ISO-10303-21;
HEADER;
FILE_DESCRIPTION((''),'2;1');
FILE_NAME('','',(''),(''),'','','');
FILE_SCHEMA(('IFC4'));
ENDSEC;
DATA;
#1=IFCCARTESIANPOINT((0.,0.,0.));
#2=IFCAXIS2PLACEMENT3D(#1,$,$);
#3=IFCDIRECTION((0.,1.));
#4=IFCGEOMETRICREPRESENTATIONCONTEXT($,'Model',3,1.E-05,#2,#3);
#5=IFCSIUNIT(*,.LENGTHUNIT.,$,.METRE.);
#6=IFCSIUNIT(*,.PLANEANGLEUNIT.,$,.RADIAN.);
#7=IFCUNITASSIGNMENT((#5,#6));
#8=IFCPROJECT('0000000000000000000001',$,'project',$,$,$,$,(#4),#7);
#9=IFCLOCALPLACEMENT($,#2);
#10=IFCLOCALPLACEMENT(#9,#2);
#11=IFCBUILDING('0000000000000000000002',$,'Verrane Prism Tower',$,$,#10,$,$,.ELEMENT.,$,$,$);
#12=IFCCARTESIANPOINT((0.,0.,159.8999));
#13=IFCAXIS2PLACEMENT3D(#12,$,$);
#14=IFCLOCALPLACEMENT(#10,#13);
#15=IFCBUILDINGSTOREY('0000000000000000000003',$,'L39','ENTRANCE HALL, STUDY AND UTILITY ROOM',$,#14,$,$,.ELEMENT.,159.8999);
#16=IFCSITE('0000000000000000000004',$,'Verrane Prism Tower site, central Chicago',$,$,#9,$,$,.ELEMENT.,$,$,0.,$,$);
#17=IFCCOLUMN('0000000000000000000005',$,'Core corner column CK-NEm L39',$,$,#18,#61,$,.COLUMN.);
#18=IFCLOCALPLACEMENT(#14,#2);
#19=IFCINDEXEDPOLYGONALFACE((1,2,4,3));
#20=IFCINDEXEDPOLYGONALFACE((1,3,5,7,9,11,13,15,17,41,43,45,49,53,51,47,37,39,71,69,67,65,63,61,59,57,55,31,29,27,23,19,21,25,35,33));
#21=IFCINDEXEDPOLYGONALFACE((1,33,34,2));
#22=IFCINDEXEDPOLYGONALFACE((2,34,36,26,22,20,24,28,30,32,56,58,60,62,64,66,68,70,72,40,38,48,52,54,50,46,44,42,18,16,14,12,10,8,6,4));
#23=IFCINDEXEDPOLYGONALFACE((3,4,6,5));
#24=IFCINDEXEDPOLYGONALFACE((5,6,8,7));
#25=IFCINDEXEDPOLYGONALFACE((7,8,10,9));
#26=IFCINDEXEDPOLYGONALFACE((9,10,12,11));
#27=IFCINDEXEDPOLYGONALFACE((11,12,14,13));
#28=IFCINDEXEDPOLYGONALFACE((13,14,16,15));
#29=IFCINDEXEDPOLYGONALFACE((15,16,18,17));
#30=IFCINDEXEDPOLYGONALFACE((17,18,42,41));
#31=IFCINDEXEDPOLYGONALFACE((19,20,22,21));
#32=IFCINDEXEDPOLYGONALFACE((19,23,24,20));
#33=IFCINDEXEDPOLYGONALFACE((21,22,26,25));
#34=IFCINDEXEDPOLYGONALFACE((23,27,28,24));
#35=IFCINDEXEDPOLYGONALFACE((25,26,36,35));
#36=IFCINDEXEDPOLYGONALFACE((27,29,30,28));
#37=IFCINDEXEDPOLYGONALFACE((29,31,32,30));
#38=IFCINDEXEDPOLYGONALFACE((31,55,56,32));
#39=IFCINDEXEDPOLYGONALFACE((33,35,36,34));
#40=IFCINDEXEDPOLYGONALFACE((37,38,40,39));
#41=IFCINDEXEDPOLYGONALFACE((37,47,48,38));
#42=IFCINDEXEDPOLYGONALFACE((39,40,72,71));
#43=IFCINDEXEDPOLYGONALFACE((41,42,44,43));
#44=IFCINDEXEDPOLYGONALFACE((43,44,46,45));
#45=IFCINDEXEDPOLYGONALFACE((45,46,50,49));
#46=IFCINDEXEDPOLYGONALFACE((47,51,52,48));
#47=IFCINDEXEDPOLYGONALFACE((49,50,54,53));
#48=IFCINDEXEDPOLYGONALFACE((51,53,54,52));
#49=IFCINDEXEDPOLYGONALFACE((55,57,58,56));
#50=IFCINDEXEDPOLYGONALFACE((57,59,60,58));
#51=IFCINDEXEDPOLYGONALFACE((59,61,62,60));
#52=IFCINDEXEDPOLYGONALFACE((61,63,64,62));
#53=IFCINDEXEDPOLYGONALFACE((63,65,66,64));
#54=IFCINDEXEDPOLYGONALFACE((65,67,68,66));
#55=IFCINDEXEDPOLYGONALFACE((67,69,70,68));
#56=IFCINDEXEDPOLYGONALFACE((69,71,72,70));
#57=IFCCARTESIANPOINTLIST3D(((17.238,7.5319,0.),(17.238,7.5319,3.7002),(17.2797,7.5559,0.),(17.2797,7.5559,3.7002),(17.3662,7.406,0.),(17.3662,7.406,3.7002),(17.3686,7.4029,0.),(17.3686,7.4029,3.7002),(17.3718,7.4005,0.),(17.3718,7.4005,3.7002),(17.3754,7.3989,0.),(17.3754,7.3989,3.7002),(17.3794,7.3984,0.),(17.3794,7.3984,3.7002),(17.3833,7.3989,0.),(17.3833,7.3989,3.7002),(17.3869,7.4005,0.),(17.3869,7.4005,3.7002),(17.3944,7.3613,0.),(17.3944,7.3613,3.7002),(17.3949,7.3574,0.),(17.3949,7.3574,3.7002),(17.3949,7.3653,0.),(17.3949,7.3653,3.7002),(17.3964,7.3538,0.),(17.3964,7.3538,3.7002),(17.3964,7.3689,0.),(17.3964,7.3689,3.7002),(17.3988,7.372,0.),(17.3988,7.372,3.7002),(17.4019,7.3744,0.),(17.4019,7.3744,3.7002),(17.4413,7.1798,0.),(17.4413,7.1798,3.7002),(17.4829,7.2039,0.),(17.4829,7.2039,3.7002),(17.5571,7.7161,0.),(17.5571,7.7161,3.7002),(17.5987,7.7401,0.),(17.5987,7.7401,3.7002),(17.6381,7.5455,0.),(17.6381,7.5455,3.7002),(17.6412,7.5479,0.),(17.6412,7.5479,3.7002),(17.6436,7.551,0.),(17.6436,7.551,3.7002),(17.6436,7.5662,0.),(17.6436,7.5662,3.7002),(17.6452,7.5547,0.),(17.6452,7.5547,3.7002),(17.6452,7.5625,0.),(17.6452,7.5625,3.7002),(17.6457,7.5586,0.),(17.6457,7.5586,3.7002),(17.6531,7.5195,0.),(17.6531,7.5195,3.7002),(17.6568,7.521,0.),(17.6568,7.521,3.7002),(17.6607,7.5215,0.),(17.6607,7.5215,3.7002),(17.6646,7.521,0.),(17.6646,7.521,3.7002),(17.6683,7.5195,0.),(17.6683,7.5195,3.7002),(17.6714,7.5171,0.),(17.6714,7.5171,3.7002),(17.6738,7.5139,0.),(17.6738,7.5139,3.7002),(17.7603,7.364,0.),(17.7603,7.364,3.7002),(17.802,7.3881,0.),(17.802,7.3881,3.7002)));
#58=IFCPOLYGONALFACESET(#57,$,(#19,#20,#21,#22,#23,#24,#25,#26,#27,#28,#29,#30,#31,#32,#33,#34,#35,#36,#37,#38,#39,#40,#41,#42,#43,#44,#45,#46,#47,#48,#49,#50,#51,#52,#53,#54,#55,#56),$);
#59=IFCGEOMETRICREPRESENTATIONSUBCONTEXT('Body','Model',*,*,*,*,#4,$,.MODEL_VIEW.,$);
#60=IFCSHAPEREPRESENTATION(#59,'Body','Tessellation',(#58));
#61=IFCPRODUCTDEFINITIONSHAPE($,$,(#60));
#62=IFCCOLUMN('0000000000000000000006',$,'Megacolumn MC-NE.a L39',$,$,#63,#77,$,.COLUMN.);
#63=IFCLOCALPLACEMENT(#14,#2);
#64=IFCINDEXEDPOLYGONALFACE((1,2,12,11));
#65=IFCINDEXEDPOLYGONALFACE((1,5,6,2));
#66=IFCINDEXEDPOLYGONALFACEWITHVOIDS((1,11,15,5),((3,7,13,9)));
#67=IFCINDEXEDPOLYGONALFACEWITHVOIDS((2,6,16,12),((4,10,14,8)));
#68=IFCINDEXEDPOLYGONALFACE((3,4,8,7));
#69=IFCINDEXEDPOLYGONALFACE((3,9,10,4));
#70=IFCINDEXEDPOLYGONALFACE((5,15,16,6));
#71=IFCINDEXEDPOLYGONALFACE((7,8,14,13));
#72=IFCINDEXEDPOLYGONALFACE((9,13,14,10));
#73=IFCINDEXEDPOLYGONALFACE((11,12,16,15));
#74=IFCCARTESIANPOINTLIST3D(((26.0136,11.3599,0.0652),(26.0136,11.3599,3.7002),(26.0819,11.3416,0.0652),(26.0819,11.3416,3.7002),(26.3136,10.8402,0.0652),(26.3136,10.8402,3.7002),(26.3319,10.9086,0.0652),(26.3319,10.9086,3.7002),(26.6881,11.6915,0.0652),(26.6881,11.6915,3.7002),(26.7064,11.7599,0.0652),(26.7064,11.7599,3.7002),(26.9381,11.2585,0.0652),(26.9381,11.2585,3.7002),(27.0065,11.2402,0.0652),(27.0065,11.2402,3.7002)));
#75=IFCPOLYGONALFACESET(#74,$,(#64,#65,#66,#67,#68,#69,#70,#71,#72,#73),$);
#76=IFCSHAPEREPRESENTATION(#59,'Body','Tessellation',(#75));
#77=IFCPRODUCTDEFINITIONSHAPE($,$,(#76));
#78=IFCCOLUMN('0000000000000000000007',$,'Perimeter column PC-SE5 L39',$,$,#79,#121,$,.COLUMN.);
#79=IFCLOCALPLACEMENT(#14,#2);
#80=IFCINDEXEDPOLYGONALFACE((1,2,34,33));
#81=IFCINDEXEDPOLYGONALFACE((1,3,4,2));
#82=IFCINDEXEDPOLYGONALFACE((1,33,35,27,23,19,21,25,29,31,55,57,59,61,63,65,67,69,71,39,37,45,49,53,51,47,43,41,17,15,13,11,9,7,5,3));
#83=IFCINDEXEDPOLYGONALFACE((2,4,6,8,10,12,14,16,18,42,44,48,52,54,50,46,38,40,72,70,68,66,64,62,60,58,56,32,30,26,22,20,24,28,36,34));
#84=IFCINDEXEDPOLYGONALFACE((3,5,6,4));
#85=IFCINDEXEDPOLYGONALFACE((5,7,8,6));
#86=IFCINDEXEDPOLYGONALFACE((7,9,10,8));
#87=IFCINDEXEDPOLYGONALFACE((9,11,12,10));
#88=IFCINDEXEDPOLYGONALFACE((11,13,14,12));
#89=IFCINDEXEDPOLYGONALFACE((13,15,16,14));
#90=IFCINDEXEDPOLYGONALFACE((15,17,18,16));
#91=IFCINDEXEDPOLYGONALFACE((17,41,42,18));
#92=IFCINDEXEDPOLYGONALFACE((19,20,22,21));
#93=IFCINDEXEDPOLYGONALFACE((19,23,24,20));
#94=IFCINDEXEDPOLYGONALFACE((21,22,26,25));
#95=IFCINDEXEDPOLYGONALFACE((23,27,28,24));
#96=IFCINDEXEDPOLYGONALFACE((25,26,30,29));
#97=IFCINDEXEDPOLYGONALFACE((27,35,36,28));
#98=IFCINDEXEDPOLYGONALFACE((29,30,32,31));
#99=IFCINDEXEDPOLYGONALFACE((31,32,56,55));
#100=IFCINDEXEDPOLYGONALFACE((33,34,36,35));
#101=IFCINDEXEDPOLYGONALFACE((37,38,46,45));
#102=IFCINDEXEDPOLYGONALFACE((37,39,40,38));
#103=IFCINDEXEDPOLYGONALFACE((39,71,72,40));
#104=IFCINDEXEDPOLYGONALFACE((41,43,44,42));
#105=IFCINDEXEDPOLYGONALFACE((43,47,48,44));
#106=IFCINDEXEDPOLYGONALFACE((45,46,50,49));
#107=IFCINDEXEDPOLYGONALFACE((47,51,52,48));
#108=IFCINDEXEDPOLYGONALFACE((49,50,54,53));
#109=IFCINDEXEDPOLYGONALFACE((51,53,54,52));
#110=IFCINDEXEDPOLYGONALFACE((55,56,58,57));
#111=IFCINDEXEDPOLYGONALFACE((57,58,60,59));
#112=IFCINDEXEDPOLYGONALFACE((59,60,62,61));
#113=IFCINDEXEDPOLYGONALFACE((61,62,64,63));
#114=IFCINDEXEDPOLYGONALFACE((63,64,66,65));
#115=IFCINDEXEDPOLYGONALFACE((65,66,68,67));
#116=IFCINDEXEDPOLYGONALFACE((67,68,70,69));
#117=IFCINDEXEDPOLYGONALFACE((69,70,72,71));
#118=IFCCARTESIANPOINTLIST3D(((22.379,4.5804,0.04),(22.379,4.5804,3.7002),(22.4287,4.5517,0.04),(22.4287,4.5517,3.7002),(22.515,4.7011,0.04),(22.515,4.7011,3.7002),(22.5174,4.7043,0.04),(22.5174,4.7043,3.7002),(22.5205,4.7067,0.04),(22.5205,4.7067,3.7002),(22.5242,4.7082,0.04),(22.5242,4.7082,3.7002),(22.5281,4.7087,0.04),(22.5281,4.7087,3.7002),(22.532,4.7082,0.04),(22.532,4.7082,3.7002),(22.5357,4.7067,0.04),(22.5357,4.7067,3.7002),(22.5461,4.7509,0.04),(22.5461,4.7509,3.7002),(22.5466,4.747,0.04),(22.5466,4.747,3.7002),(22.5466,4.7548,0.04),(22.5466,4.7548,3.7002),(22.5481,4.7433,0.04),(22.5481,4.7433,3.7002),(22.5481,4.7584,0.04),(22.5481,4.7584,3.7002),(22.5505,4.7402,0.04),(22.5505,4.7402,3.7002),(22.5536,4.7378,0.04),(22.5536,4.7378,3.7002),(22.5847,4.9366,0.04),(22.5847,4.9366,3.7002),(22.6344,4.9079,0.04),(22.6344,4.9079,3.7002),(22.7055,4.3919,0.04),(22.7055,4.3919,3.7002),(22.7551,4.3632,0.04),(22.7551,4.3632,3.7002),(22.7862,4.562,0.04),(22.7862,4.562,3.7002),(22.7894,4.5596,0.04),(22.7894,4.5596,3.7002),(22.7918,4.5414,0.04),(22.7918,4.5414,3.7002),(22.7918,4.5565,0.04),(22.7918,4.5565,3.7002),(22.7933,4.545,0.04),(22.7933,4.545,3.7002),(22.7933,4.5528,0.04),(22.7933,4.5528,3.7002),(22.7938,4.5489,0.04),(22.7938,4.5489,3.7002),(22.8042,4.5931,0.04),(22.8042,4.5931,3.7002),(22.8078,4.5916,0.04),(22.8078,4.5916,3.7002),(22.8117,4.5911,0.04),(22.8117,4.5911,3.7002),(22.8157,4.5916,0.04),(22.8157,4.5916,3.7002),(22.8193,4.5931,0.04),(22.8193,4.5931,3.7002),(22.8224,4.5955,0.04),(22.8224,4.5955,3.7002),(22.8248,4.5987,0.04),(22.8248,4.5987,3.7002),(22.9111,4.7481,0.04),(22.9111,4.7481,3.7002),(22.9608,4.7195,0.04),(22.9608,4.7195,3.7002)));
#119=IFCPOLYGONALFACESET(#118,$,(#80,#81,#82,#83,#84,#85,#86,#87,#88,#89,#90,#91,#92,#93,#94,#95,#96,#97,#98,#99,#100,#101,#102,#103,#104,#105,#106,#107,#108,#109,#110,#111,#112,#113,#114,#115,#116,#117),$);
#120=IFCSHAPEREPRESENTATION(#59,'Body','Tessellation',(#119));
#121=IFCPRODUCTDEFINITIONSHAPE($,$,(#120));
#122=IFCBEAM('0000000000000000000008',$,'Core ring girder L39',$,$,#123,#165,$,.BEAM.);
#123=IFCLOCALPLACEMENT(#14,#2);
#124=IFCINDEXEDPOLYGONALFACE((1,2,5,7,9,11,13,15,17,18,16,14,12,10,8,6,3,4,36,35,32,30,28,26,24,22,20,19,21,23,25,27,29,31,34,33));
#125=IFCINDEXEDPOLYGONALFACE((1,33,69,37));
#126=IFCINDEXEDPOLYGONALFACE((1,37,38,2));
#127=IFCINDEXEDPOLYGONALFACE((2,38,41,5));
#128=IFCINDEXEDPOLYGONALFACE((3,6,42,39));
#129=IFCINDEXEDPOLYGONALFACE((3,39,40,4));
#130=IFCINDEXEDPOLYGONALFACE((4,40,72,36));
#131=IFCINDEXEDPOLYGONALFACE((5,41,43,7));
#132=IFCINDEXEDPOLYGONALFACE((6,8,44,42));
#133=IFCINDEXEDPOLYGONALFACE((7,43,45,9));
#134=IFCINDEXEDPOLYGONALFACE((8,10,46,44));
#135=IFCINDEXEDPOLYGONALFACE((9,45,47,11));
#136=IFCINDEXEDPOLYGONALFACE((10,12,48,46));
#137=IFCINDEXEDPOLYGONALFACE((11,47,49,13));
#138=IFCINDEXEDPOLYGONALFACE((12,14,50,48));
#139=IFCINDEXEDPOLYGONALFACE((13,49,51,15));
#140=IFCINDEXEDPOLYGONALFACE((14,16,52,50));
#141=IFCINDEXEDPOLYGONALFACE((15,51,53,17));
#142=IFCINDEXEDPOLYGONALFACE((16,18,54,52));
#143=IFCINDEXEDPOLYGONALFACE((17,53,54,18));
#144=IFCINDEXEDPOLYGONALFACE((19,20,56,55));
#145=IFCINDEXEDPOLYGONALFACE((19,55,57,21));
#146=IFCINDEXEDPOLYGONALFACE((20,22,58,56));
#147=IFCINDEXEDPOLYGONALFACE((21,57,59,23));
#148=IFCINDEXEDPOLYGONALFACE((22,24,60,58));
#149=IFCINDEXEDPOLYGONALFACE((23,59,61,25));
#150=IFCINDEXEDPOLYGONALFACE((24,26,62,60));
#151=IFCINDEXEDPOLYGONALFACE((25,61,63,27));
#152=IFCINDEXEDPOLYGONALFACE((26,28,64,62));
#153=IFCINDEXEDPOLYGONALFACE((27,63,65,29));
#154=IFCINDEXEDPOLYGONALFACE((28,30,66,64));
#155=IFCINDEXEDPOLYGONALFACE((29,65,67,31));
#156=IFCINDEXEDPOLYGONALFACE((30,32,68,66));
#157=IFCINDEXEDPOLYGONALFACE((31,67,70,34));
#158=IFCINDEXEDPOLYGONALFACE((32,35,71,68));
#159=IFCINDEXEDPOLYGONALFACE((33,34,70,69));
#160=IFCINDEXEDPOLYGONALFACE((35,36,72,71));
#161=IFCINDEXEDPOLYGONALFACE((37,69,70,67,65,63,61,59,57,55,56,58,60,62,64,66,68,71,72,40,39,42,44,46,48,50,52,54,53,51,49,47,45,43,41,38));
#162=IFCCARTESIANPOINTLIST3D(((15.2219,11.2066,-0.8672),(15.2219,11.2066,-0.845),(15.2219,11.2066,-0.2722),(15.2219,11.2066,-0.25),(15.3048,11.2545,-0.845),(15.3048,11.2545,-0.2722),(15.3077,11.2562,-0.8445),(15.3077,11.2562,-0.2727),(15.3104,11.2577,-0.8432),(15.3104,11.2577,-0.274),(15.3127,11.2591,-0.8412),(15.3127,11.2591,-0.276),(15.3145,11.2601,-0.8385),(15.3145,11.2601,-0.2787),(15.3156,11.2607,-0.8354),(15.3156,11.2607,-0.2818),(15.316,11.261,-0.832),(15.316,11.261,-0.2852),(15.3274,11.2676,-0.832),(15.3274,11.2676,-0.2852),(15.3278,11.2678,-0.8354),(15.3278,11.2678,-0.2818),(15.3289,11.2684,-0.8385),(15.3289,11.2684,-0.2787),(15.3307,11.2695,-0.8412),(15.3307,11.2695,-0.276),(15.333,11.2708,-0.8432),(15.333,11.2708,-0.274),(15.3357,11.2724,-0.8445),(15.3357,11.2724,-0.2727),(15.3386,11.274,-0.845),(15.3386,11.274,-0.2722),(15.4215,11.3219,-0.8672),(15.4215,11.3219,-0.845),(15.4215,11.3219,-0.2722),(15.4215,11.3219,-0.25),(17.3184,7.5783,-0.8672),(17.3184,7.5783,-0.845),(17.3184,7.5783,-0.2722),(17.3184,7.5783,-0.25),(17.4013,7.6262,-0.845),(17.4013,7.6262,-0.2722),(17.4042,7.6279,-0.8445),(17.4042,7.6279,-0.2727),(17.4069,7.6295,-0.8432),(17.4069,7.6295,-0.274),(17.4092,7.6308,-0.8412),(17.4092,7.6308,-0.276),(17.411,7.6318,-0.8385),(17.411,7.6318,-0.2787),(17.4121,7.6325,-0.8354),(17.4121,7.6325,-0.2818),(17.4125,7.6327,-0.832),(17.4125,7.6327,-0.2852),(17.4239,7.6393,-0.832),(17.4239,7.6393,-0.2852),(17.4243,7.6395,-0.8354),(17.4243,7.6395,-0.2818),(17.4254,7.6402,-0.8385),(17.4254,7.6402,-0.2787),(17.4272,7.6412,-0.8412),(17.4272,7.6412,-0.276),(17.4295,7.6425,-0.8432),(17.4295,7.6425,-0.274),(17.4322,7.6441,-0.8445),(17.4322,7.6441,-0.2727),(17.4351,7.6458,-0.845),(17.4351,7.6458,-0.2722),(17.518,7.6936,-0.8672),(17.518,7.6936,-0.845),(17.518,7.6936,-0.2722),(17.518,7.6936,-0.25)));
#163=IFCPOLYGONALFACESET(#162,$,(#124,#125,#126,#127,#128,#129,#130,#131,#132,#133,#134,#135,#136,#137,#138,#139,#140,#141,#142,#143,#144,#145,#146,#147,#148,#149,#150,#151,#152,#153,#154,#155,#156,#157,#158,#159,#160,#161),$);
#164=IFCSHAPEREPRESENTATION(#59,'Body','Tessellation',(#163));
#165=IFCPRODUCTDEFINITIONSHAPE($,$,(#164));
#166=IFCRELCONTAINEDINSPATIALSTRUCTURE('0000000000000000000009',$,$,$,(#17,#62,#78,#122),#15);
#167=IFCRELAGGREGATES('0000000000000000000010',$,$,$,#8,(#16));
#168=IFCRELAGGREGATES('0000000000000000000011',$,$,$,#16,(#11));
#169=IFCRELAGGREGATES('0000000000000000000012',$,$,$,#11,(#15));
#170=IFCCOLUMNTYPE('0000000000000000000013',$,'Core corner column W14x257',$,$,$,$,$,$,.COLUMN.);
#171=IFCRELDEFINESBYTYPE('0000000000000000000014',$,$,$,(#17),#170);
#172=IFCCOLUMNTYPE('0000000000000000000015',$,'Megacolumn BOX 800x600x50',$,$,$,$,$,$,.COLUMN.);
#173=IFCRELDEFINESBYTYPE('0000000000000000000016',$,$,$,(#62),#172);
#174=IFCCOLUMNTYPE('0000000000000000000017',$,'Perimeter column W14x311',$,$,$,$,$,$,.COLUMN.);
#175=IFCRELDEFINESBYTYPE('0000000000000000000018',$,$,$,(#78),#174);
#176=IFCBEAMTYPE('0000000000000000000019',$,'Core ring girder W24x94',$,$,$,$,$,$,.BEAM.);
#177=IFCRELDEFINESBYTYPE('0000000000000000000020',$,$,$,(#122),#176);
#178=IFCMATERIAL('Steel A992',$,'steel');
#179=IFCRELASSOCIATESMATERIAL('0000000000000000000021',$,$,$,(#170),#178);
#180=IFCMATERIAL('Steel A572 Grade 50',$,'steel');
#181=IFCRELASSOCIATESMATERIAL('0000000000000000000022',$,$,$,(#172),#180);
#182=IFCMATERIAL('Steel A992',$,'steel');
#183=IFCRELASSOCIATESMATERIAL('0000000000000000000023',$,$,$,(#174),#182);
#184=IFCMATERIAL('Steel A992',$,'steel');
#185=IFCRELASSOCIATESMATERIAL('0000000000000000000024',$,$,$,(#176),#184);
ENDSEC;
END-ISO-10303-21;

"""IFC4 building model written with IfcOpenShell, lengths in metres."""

from ifc_helpers import new_model, si_unit, direction, frame, origin, origin_2d, place, context, subcontext, project, spatial, hollow_rectangle, i_section, extrude, material, material_profile, profile_set, type_object, element, save


model = new_model("IFC4")

# Units and contexts
model_context = context("Model", 3, precision=1e-05, world=origin(), true_north=direction((0.0, 1.0)))
body_context = subcontext(model_context, "Body", "Model", "MODEL_VIEW")
ifc_project = project(units=[si_unit("LENGTHUNIT", "METRE"), si_unit("PLANEANGLEUNIT", "RADIAN")], contexts=[model_context])

# Site, building, storey
site_placement = place(None, origin())
site = spatial("IfcSite", under=ifc_project, at=site_placement, Name="Verrane Prism Tower site, central Chicago", CompositionType="ELEMENT", RefElevation=0.0)
building_placement = place(site_placement, origin())
building = spatial("IfcBuilding", under=site, at=building_placement, Name="Verrane Prism Tower", CompositionType="ELEMENT")
storey_placement = place(building_placement, frame((0.0, 0.0, 159.8999)))
storey = spatial("IfcBuildingStorey", under=building, at=storey_placement, Name="L39", Description="ENTRANCE HALL, STUDY AND UTILITY ROOM", CompositionType="ELEMENT", Elevation=159.8999)

# Columns
ifc_material_1 = material(Name="Steel A992", Category="steel")
ifc_material_profile_1 = material_profile(ifc_material_1, i_section(OverallWidth=0.4065, OverallDepth=0.4165, WebThickness=0.03, FlangeThickness=0.0481, FilletRadius=0.0151, at=origin_2d()), Name="W14x257")
ifc_profile_set_1 = profile_set([ifc_material_profile_1], Name="Steel A992")
column_type_1 = type_object("IfcColumnType", Name="Core corner column W14x257", PredefinedType="COLUMN", material=ifc_profile_set_1)
column_1_placement = place(storey_placement, frame((17.52, 7.46, 0.0), z_axis=(0.0, 0.0, 1.0), x_axis=(0.5, -0.866025, 0.0)))
element("IfcColumn", 1, at=column_1_placement, inside=storey, type_object=column_type_1, Name="Core corner column CK-NEm L39", PredefinedType="COLUMN", context=body_context, shape_type="SweptSolid", body=[
    extrude(i_section(OverallWidth=0.4065, OverallDepth=0.4165, WebThickness=0.03, FlangeThickness=0.0481, FilletRadius=0.0151, at=origin_2d()), origin(), (0.0, 0.0, 1.0), 3.7002),
])
ifc_material_2 = material(Name="Steel A572 Grade 50", Category="steel")
ifc_material_profile_2 = material_profile(ifc_material_2, hollow_rectangle(XDim=0.6001, YDim=0.8, WallThickness=0.05, at=origin_2d()), Name="BOX 800x600x50")
ifc_profile_set_2 = profile_set([ifc_material_profile_2], Name="Steel A572 Grade 50")
column_type_2 = type_object("IfcColumnType", Name="Megacolumn BOX 800x600x50", PredefinedType="COLUMN", material=ifc_profile_set_2)
column_2_placement = place(storey_placement, frame((26.51, 11.3, 0.0652), z_axis=(0.0, 0.0, 1.0), x_axis=(0.5, -0.866025, 0.0)))
element("IfcColumn", 2, at=column_2_placement, inside=storey, type_object=column_type_2, Name="Megacolumn MC-NE.a L39", PredefinedType="COLUMN", context=body_context, shape_type="SweptSolid", body=[
    extrude(hollow_rectangle(XDim=0.6001, YDim=0.8, WallThickness=0.05, at=origin_2d()), origin(), (0.0, 0.0, 1.0), 3.635),
])
ifc_material_3 = material(Name="Steel A992", Category="steel")
ifc_material_profile_3 = material_profile(ifc_material_3, i_section(OverallWidth=0.4114, OverallDepth=0.4343, WebThickness=0.0359, FlangeThickness=0.0574, FilletRadius=0.0151, at=origin_2d()), Name="W14x311")
ifc_profile_set_3 = profile_set([ifc_material_profile_3], Name="Steel A992")
column_type_3 = type_object("IfcColumnType", Name="Perimeter column W14x311", PredefinedType="COLUMN", material=ifc_profile_set_3)
column_3_placement = place(storey_placement, frame((22.6699, 4.6499, 0.04), z_axis=(0.0, 0.0, 1.0), x_axis=(-0.5, -0.866025, 0.0)))
element("IfcColumn", 3, at=column_3_placement, inside=storey, type_object=column_type_3, Name="Perimeter column PC-SE5 L39", PredefinedType="COLUMN", context=body_context, shape_type="SweptSolid", body=[
    extrude(i_section(OverallWidth=0.4114, OverallDepth=0.4343, WebThickness=0.0359, FlangeThickness=0.0574, FilletRadius=0.0151, at=origin_2d()), origin(), (0.0, 0.0, 1.0), 3.6602),
])

# Beam
ifc_material_4 = material(Name="Steel A992", Category="steel")
ifc_material_profile_4 = material_profile(ifc_material_4, i_section(OverallWidth=0.2305, OverallDepth=0.6172, WebThickness=0.0132, FlangeThickness=0.0222, FilletRadius=0.0129, at=origin_2d()), Name="W24x94")
ifc_profile_set_4 = profile_set([ifc_material_profile_4], Name="Steel A992")
beam_type_1 = type_object("IfcBeamType", Name="Core ring girder W24x94", PredefinedType="BEAM", material=ifc_profile_set_4)
beam_1_placement = place(storey_placement, frame((17.4182, 7.636, -0.5586), z_axis=(-0.500306, 0.865849, 0.0), x_axis=(-0.865849, -0.500306, 0.0)))
element("IfcBeam", 4, at=beam_1_placement, inside=storey, type_object=beam_type_1, Name="Core ring girder L39", PredefinedType="BEAM", context=body_context, shape_type="SweptSolid", body=[
    extrude(i_section(OverallWidth=0.2305, OverallDepth=0.6172, WebThickness=0.0132, FlangeThickness=0.0222, FilletRadius=0.0129, at=origin_2d()), origin(), (0.0, 0.0, 1.0), 4.1904),
])

save(model, "model.ifc")
